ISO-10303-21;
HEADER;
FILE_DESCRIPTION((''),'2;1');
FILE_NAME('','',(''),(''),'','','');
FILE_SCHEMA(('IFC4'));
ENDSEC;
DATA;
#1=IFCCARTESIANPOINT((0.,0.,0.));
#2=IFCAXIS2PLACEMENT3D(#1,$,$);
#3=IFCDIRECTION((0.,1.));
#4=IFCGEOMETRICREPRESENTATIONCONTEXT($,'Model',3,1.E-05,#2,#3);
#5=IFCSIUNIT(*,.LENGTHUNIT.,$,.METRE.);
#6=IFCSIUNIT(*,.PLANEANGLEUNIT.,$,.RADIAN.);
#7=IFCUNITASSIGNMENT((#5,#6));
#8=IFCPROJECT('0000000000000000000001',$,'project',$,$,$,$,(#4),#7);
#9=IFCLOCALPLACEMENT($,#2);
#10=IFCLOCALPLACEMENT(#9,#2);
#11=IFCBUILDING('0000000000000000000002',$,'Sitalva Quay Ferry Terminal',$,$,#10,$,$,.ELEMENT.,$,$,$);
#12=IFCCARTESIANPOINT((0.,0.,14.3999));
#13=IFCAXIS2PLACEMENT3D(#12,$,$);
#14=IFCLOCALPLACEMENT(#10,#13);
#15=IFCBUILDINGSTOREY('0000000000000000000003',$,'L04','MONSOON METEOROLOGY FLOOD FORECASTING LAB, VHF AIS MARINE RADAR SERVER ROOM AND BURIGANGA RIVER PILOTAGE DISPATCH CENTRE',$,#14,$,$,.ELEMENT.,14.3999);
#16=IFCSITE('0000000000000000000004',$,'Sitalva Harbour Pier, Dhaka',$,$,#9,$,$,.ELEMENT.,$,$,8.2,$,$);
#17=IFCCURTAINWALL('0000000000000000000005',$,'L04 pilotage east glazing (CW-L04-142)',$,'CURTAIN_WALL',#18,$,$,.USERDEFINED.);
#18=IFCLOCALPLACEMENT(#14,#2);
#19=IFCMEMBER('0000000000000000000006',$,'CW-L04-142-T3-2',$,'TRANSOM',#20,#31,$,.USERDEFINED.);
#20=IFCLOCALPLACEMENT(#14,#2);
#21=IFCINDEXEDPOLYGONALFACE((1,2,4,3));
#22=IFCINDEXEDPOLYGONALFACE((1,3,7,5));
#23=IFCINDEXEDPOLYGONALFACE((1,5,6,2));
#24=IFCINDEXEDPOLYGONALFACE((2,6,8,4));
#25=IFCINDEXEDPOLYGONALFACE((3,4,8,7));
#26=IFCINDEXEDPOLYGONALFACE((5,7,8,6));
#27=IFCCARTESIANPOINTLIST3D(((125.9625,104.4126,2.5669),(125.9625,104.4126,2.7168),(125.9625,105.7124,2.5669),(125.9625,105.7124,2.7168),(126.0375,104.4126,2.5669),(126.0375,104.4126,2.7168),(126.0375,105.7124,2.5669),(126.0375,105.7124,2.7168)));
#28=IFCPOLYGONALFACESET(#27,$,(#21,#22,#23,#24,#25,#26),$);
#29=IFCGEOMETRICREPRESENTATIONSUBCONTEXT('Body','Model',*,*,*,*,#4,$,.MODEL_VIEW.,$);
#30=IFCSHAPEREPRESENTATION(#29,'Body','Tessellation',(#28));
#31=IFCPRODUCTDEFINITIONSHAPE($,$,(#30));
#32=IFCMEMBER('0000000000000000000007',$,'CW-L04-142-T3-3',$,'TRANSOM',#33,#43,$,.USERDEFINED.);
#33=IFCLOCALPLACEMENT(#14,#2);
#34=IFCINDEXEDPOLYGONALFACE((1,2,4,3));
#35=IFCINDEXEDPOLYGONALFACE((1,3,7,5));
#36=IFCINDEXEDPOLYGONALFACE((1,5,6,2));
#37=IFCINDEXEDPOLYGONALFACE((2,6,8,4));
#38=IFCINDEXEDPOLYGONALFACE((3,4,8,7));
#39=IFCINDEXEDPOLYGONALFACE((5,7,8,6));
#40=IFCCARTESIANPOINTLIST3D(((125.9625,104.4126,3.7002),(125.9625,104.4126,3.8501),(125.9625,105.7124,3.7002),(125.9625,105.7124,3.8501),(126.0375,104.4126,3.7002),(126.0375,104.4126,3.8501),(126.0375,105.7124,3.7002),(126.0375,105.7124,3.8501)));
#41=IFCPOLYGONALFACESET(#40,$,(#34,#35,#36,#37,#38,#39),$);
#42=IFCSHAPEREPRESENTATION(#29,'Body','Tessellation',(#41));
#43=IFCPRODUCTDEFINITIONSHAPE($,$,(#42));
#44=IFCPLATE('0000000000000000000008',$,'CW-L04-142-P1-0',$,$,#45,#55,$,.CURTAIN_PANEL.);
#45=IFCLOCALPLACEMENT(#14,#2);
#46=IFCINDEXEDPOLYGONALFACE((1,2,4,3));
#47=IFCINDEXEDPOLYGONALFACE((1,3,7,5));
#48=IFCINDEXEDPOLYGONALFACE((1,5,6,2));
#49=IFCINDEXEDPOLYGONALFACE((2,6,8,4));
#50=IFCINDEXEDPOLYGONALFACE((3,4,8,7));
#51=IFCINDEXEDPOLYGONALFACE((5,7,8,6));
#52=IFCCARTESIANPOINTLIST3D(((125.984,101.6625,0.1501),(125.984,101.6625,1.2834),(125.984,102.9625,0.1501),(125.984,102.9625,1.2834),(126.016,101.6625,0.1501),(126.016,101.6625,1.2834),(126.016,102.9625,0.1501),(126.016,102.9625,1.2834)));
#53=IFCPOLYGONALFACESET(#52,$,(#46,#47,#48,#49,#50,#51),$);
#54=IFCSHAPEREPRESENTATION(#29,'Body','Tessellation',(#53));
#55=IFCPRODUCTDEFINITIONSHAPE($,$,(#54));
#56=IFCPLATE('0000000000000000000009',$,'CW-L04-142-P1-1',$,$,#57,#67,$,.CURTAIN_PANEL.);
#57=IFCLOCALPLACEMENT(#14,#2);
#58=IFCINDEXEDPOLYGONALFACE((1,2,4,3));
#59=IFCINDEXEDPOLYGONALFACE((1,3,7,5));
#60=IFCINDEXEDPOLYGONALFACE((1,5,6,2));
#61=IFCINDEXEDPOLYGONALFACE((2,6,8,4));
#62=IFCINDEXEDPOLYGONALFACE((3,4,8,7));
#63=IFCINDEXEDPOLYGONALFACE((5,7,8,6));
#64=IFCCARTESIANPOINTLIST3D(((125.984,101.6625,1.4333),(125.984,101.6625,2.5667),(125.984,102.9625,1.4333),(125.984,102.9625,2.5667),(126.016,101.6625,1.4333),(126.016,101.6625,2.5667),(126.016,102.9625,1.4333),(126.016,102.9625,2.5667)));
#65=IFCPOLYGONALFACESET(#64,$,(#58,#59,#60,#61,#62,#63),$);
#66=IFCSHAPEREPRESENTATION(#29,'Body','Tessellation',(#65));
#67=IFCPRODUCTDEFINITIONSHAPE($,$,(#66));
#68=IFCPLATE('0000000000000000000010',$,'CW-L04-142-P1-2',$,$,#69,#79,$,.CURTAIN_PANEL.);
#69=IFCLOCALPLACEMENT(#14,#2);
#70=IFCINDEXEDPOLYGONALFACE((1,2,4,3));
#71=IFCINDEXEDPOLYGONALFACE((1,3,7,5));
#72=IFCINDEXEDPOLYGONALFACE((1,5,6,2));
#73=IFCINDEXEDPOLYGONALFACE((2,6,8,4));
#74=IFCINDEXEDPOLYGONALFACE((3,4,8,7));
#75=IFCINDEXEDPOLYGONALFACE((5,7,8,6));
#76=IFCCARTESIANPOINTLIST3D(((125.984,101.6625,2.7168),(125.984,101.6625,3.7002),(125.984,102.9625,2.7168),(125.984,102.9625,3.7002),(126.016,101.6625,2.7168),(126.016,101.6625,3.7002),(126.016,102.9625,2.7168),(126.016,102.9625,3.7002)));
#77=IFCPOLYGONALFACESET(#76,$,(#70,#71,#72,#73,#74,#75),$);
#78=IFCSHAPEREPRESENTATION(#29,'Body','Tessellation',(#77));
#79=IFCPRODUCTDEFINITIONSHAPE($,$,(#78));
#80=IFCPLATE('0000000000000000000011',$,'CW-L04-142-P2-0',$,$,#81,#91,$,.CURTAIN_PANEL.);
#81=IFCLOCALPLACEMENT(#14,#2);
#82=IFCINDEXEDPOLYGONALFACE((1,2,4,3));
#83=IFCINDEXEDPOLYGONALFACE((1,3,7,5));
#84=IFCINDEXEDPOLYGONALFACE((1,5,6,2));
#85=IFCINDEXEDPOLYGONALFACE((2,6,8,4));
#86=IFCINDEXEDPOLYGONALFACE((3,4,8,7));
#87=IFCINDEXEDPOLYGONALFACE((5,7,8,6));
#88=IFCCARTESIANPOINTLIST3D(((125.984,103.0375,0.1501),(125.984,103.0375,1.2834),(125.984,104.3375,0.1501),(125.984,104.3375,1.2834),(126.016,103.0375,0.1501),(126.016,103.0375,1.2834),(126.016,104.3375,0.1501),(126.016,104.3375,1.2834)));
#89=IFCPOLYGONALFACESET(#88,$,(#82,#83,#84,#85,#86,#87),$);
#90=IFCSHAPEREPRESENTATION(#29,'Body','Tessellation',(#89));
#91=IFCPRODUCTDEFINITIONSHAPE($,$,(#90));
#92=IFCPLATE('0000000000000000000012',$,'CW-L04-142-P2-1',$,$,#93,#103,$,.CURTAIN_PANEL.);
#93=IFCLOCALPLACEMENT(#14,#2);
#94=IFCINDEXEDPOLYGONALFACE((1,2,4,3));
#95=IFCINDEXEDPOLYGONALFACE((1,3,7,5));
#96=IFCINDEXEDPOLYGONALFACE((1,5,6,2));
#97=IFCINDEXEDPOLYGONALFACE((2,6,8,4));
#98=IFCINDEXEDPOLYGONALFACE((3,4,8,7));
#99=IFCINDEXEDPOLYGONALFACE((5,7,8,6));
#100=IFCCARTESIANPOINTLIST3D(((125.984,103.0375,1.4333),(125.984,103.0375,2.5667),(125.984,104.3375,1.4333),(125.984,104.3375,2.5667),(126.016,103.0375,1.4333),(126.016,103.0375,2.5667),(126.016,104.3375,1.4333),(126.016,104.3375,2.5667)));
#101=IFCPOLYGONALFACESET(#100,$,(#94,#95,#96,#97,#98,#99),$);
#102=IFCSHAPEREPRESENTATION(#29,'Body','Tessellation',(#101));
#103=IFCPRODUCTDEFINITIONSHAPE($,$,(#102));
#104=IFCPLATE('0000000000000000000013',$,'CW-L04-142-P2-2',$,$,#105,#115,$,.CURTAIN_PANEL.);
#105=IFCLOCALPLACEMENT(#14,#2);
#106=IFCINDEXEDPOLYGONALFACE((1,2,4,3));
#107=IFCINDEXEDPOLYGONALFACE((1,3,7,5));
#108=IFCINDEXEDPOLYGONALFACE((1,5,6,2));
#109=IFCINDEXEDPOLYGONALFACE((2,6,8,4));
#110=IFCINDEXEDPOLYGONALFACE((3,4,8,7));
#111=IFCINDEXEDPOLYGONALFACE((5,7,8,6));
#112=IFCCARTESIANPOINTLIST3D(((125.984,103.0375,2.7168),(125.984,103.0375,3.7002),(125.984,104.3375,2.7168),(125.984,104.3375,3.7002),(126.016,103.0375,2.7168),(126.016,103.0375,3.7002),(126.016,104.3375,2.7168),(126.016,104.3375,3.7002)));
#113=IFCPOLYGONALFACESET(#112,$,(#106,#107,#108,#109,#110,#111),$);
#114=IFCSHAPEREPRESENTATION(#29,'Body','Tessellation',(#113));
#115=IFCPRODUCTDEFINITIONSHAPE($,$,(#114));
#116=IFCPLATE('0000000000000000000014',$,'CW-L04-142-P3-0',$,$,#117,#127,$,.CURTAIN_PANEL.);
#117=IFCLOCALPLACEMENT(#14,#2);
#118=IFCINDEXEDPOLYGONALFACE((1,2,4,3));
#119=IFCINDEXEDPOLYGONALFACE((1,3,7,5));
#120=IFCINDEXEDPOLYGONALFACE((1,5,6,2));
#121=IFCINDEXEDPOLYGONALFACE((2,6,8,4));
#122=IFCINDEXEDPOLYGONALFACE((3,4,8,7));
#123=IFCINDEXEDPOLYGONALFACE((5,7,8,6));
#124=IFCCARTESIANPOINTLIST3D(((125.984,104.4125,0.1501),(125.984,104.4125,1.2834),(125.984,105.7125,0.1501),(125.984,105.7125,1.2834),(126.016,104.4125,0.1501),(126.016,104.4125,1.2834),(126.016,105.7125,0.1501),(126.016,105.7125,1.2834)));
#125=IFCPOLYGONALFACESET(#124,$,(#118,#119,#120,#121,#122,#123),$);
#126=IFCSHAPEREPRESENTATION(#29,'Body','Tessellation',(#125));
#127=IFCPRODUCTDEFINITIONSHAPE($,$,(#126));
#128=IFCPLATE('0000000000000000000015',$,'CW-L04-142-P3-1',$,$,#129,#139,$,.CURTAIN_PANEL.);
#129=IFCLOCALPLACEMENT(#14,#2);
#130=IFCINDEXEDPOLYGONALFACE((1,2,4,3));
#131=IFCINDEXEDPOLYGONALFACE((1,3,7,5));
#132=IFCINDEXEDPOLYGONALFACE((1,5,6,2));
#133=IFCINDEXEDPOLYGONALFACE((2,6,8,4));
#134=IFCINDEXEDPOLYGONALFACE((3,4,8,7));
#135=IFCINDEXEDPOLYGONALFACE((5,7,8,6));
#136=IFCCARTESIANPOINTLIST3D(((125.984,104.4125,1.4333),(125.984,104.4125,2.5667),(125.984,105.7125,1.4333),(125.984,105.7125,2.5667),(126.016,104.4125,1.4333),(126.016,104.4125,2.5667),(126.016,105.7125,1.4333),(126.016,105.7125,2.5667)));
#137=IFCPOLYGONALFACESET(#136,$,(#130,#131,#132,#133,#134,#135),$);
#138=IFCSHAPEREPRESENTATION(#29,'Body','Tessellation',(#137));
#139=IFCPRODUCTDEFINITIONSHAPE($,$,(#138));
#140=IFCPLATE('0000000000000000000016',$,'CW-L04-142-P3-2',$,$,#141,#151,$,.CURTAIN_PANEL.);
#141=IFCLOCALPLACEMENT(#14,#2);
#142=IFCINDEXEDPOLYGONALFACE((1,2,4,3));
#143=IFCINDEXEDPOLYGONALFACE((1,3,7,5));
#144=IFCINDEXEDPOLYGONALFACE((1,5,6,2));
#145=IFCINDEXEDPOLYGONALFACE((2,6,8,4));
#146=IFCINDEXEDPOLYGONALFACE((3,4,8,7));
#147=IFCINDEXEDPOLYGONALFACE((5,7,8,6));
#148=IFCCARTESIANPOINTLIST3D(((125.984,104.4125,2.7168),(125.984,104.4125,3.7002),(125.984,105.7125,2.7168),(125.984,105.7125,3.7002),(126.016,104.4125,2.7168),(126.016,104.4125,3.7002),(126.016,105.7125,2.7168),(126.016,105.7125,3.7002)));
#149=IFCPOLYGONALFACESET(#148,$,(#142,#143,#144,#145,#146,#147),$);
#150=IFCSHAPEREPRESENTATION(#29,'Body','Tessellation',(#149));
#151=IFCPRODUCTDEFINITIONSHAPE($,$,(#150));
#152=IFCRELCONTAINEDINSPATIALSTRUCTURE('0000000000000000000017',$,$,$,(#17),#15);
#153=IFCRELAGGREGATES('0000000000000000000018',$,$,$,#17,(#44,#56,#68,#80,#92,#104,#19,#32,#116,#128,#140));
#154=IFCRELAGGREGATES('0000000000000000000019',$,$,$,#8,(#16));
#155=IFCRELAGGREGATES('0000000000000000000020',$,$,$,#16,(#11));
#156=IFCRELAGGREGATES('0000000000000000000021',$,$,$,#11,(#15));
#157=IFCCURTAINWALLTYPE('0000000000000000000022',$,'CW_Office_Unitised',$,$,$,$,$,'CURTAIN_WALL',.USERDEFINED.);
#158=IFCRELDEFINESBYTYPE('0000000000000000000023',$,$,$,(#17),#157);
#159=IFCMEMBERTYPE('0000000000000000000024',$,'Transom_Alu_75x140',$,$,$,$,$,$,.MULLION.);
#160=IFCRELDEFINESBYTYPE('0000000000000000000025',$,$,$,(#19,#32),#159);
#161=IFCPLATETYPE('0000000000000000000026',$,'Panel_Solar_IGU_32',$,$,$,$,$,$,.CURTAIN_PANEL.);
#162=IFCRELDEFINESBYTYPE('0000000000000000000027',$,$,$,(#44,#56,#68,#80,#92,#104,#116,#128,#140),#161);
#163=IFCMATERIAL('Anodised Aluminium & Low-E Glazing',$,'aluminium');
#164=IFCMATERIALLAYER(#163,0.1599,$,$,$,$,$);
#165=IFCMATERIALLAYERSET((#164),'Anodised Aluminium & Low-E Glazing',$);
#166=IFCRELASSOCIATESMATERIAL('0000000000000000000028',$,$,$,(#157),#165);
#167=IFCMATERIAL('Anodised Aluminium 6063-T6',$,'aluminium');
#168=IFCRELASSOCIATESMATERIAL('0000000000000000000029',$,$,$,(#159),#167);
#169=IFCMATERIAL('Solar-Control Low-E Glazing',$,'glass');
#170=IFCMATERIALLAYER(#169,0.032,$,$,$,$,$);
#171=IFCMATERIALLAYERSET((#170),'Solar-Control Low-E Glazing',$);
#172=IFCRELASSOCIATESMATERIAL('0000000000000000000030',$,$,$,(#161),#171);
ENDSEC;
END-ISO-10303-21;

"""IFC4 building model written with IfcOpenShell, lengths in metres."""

from ifc_helpers import new_model, si_unit, direction, frame, origin, origin_2d, place, context, subcontext, project, spatial, rectangle, extrude, material, layer, layer_set, material_profile, profile_set, type_object, element, aggregate, save


model = new_model("IFC4")

# Units and contexts
model_context = context("Model", 3, precision=1e-05, world=origin(), true_north=direction((0.0, 1.0)))
body_context = subcontext(model_context, "Body", "Model", "MODEL_VIEW")
ifc_project = project(units=[si_unit("LENGTHUNIT", "METRE"), si_unit("PLANEANGLEUNIT", "RADIAN")], contexts=[model_context])

# Site, building, storey
site_placement = place(None, origin())
site = spatial("IfcSite", under=ifc_project, at=site_placement, Name="Sitalva Harbour Pier, Dhaka", CompositionType="ELEMENT", RefElevation=8.2)
building_placement = place(site_placement, origin())
building = spatial("IfcBuilding", under=site, at=building_placement, Name="Sitalva Quay Ferry Terminal", CompositionType="ELEMENT")
storey_placement = place(building_placement, frame((0.0, 0.0, 14.3999)))
storey = spatial("IfcBuildingStorey", under=building, at=storey_placement, Name="L04", Description="MONSOON METEOROLOGY FLOOD FORECASTING LAB, VHF AIS MARINE RADAR SERVER ROOM AND BURIGANGA RIVER PILOTAGE DISPATCH CENTRE", CompositionType="ELEMENT", Elevation=14.3999)

# Curtain wall, members, plates
ifc_material_1 = material(Name="Anodised Aluminium & Low-E Glazing", Category="aluminium")
ifc_layer_1 = layer(ifc_material_1, 0.1599)
ifc_layer_set_1 = layer_set([ifc_layer_1], Name="Anodised Aluminium & Low-E Glazing")
curtain_wall_type = type_object("IfcCurtainWallType", Name="CW_Office_Unitised", ElementType="CURTAIN_WALL", PredefinedType="USERDEFINED", material=ifc_layer_set_1)
curtain_wall_placement = place(storey_placement, origin())
curtain_wall = element("IfcCurtainWall", 1, at=curtain_wall_placement, inside=storey, type_object=curtain_wall_type, Name="L04 pilotage east glazing (CW-L04-142)", ObjectType="CURTAIN_WALL", PredefinedType="USERDEFINED")
ifc_material_2 = material(Name="Anodised Aluminium 6063-T6", Category="aluminium")
ifc_material_profile_1 = material_profile(ifc_material_2, rectangle(XDim=0.075, YDim=0.1499, at=origin_2d()), Name="ALU75x150")
ifc_profile_set_1 = profile_set([ifc_material_profile_1], Name="Anodised Aluminium 6063-T6")
member_type_1 = type_object("IfcMemberType", Name="Transom_Alu_75x140", PredefinedType="MULLION", material=ifc_profile_set_1)
member_1_placement = place(storey_placement, frame((126.0, 104.4126, 2.6418), z_axis=(0.0, 1.0, 0.0), x_axis=(-1.0, 0.0, 0.0)))
member_1 = element("IfcMember", 2, at=member_1_placement, type_object=member_type_1, Name="CW-L04-142-T3-2", ObjectType="TRANSOM", PredefinedType="USERDEFINED", context=body_context, shape_type="SweptSolid", body=[
    extrude(rectangle(XDim=0.075, YDim=0.1499, at=origin_2d()), origin(), (0.0, 0.0, 1.0), 1.2998),
])
member_2_placement = place(storey_placement, frame((126.0, 104.4126, 3.7751), z_axis=(0.0, 1.0, 0.0), x_axis=(-1.0, 0.0, 0.0)))
member_2 = element("IfcMember", 3, at=member_2_placement, type_object=member_type_1, Name="CW-L04-142-T3-3", ObjectType="TRANSOM", PredefinedType="USERDEFINED", context=body_context, shape_type="SweptSolid", body=[
    extrude(rectangle(XDim=0.075, YDim=0.1499, at=origin_2d()), origin(), (0.0, 0.0, 1.0), 1.2998),
])
ifc_material_3 = material(Name="Solar-Control Low-E Glazing", Category="glass")
ifc_layer_2 = layer(ifc_material_3, 0.032)
ifc_layer_set_2 = layer_set([ifc_layer_2], Name="Solar-Control Low-E Glazing")
plate_type = type_object("IfcPlateType", Name="Panel_Solar_IGU_32", PredefinedType="CURTAIN_PANEL", material=ifc_layer_set_2)
plate_1_placement = place(storey_placement, frame((126.0, 102.3125, 0.1501), z_axis=(0.0, 0.0, 1.0), x_axis=(0.0, 1.0, 0.0)))
plate_1 = element("IfcPlate", 4, at=plate_1_placement, type_object=plate_type, Name="CW-L04-142-P1-0", PredefinedType="CURTAIN_PANEL", context=body_context, shape_type="SweptSolid", body=[
    extrude(rectangle(XDim=1.3, YDim=0.032, at=origin_2d()), origin(), (0.0, 0.0, 1.0), 1.1333),
])
plate_2_placement = place(storey_placement, frame((126.0, 102.3125, 1.4333), z_axis=(0.0, 0.0, 1.0), x_axis=(0.0, 1.0, 0.0)))
plate_2 = element("IfcPlate", 5, at=plate_2_placement, type_object=plate_type, Name="CW-L04-142-P1-1", PredefinedType="CURTAIN_PANEL", context=body_context, shape_type="SweptSolid", body=[
    extrude(rectangle(XDim=1.3, YDim=0.032, at=origin_2d()), origin(), (0.0, 0.0, 1.0), 1.1333),
])
plate_3_placement = place(storey_placement, frame((126.0, 102.3125, 2.7168), z_axis=(0.0, 0.0, 1.0), x_axis=(0.0, 1.0, 0.0)))
plate_3 = element("IfcPlate", 6, at=plate_3_placement, type_object=plate_type, Name="CW-L04-142-P1-2", PredefinedType="CURTAIN_PANEL", context=body_context, shape_type="SweptSolid", body=[
    extrude(rectangle(XDim=1.3, YDim=0.032, at=origin_2d()), origin(), (0.0, 0.0, 1.0), 0.9834),
])
plate_4_placement = place(storey_placement, frame((126.0, 103.6875, 0.1501), z_axis=(0.0, 0.0, 1.0), x_axis=(0.0, 1.0, 0.0)))
plate_4 = element("IfcPlate", 7, at=plate_4_placement, type_object=plate_type, Name="CW-L04-142-P2-0", PredefinedType="CURTAIN_PANEL", context=body_context, shape_type="SweptSolid", body=[
    extrude(rectangle(XDim=1.3, YDim=0.032, at=origin_2d()), origin(), (0.0, 0.0, 1.0), 1.1333),
])
plate_5_placement = place(storey_placement, frame((126.0, 103.6875, 1.4333), z_axis=(0.0, 0.0, 1.0), x_axis=(0.0, 1.0, 0.0)))
plate_5 = element("IfcPlate", 8, at=plate_5_placement, type_object=plate_type, Name="CW-L04-142-P2-1", PredefinedType="CURTAIN_PANEL", context=body_context, shape_type="SweptSolid", body=[
    extrude(rectangle(XDim=1.3, YDim=0.032, at=origin_2d()), origin(), (0.0, 0.0, 1.0), 1.1333),
])
plate_6_placement = place(storey_placement, frame((126.0, 103.6875, 2.7168), z_axis=(0.0, 0.0, 1.0), x_axis=(0.0, 1.0, 0.0)))
plate_6 = element("IfcPlate", 9, at=plate_6_placement, type_object=plate_type, Name="CW-L04-142-P2-2", PredefinedType="CURTAIN_PANEL", context=body_context, shape_type="SweptSolid", body=[
    extrude(rectangle(XDim=1.3, YDim=0.032, at=origin_2d()), origin(), (0.0, 0.0, 1.0), 0.9834),
])
plate_7_placement = place(storey_placement, frame((126.0, 105.0625, 0.1501), z_axis=(0.0, 0.0, 1.0), x_axis=(0.0, 1.0, 0.0)))
plate_7 = element("IfcPlate", 10, at=plate_7_placement, type_object=plate_type, Name="CW-L04-142-P3-0", PredefinedType="CURTAIN_PANEL", context=body_context, shape_type="SweptSolid", body=[
    extrude(rectangle(XDim=1.3, YDim=0.032, at=origin_2d()), origin(), (0.0, 0.0, 1.0), 1.1333),
])
plate_8_placement = place(storey_placement, frame((126.0, 105.0625, 1.4333), z_axis=(0.0, 0.0, 1.0), x_axis=(0.0, 1.0, 0.0)))
plate_8 = element("IfcPlate", 11, at=plate_8_placement, type_object=plate_type, Name="CW-L04-142-P3-1", PredefinedType="CURTAIN_PANEL", context=body_context, shape_type="SweptSolid", body=[
    extrude(rectangle(XDim=1.3, YDim=0.032, at=origin_2d()), origin(), (0.0, 0.0, 1.0), 1.1333),
])
plate_9_placement = place(storey_placement, frame((126.0, 105.0625, 2.7168), z_axis=(0.0, 0.0, 1.0), x_axis=(0.0, 1.0, 0.0)))
plate_9 = element("IfcPlate", 12, at=plate_9_placement, type_object=plate_type, Name="CW-L04-142-P3-2", PredefinedType="CURTAIN_PANEL", context=body_context, shape_type="SweptSolid", body=[
    extrude(rectangle(XDim=1.3, YDim=0.032, at=origin_2d()), origin(), (0.0, 0.0, 1.0), 0.9834),
])
aggregate(curtain_wall, [plate_1, plate_2, plate_3, plate_4, plate_5, plate_6, member_1, member_2, plate_7, plate_8, plate_9])

save(model, "model.ifc")
